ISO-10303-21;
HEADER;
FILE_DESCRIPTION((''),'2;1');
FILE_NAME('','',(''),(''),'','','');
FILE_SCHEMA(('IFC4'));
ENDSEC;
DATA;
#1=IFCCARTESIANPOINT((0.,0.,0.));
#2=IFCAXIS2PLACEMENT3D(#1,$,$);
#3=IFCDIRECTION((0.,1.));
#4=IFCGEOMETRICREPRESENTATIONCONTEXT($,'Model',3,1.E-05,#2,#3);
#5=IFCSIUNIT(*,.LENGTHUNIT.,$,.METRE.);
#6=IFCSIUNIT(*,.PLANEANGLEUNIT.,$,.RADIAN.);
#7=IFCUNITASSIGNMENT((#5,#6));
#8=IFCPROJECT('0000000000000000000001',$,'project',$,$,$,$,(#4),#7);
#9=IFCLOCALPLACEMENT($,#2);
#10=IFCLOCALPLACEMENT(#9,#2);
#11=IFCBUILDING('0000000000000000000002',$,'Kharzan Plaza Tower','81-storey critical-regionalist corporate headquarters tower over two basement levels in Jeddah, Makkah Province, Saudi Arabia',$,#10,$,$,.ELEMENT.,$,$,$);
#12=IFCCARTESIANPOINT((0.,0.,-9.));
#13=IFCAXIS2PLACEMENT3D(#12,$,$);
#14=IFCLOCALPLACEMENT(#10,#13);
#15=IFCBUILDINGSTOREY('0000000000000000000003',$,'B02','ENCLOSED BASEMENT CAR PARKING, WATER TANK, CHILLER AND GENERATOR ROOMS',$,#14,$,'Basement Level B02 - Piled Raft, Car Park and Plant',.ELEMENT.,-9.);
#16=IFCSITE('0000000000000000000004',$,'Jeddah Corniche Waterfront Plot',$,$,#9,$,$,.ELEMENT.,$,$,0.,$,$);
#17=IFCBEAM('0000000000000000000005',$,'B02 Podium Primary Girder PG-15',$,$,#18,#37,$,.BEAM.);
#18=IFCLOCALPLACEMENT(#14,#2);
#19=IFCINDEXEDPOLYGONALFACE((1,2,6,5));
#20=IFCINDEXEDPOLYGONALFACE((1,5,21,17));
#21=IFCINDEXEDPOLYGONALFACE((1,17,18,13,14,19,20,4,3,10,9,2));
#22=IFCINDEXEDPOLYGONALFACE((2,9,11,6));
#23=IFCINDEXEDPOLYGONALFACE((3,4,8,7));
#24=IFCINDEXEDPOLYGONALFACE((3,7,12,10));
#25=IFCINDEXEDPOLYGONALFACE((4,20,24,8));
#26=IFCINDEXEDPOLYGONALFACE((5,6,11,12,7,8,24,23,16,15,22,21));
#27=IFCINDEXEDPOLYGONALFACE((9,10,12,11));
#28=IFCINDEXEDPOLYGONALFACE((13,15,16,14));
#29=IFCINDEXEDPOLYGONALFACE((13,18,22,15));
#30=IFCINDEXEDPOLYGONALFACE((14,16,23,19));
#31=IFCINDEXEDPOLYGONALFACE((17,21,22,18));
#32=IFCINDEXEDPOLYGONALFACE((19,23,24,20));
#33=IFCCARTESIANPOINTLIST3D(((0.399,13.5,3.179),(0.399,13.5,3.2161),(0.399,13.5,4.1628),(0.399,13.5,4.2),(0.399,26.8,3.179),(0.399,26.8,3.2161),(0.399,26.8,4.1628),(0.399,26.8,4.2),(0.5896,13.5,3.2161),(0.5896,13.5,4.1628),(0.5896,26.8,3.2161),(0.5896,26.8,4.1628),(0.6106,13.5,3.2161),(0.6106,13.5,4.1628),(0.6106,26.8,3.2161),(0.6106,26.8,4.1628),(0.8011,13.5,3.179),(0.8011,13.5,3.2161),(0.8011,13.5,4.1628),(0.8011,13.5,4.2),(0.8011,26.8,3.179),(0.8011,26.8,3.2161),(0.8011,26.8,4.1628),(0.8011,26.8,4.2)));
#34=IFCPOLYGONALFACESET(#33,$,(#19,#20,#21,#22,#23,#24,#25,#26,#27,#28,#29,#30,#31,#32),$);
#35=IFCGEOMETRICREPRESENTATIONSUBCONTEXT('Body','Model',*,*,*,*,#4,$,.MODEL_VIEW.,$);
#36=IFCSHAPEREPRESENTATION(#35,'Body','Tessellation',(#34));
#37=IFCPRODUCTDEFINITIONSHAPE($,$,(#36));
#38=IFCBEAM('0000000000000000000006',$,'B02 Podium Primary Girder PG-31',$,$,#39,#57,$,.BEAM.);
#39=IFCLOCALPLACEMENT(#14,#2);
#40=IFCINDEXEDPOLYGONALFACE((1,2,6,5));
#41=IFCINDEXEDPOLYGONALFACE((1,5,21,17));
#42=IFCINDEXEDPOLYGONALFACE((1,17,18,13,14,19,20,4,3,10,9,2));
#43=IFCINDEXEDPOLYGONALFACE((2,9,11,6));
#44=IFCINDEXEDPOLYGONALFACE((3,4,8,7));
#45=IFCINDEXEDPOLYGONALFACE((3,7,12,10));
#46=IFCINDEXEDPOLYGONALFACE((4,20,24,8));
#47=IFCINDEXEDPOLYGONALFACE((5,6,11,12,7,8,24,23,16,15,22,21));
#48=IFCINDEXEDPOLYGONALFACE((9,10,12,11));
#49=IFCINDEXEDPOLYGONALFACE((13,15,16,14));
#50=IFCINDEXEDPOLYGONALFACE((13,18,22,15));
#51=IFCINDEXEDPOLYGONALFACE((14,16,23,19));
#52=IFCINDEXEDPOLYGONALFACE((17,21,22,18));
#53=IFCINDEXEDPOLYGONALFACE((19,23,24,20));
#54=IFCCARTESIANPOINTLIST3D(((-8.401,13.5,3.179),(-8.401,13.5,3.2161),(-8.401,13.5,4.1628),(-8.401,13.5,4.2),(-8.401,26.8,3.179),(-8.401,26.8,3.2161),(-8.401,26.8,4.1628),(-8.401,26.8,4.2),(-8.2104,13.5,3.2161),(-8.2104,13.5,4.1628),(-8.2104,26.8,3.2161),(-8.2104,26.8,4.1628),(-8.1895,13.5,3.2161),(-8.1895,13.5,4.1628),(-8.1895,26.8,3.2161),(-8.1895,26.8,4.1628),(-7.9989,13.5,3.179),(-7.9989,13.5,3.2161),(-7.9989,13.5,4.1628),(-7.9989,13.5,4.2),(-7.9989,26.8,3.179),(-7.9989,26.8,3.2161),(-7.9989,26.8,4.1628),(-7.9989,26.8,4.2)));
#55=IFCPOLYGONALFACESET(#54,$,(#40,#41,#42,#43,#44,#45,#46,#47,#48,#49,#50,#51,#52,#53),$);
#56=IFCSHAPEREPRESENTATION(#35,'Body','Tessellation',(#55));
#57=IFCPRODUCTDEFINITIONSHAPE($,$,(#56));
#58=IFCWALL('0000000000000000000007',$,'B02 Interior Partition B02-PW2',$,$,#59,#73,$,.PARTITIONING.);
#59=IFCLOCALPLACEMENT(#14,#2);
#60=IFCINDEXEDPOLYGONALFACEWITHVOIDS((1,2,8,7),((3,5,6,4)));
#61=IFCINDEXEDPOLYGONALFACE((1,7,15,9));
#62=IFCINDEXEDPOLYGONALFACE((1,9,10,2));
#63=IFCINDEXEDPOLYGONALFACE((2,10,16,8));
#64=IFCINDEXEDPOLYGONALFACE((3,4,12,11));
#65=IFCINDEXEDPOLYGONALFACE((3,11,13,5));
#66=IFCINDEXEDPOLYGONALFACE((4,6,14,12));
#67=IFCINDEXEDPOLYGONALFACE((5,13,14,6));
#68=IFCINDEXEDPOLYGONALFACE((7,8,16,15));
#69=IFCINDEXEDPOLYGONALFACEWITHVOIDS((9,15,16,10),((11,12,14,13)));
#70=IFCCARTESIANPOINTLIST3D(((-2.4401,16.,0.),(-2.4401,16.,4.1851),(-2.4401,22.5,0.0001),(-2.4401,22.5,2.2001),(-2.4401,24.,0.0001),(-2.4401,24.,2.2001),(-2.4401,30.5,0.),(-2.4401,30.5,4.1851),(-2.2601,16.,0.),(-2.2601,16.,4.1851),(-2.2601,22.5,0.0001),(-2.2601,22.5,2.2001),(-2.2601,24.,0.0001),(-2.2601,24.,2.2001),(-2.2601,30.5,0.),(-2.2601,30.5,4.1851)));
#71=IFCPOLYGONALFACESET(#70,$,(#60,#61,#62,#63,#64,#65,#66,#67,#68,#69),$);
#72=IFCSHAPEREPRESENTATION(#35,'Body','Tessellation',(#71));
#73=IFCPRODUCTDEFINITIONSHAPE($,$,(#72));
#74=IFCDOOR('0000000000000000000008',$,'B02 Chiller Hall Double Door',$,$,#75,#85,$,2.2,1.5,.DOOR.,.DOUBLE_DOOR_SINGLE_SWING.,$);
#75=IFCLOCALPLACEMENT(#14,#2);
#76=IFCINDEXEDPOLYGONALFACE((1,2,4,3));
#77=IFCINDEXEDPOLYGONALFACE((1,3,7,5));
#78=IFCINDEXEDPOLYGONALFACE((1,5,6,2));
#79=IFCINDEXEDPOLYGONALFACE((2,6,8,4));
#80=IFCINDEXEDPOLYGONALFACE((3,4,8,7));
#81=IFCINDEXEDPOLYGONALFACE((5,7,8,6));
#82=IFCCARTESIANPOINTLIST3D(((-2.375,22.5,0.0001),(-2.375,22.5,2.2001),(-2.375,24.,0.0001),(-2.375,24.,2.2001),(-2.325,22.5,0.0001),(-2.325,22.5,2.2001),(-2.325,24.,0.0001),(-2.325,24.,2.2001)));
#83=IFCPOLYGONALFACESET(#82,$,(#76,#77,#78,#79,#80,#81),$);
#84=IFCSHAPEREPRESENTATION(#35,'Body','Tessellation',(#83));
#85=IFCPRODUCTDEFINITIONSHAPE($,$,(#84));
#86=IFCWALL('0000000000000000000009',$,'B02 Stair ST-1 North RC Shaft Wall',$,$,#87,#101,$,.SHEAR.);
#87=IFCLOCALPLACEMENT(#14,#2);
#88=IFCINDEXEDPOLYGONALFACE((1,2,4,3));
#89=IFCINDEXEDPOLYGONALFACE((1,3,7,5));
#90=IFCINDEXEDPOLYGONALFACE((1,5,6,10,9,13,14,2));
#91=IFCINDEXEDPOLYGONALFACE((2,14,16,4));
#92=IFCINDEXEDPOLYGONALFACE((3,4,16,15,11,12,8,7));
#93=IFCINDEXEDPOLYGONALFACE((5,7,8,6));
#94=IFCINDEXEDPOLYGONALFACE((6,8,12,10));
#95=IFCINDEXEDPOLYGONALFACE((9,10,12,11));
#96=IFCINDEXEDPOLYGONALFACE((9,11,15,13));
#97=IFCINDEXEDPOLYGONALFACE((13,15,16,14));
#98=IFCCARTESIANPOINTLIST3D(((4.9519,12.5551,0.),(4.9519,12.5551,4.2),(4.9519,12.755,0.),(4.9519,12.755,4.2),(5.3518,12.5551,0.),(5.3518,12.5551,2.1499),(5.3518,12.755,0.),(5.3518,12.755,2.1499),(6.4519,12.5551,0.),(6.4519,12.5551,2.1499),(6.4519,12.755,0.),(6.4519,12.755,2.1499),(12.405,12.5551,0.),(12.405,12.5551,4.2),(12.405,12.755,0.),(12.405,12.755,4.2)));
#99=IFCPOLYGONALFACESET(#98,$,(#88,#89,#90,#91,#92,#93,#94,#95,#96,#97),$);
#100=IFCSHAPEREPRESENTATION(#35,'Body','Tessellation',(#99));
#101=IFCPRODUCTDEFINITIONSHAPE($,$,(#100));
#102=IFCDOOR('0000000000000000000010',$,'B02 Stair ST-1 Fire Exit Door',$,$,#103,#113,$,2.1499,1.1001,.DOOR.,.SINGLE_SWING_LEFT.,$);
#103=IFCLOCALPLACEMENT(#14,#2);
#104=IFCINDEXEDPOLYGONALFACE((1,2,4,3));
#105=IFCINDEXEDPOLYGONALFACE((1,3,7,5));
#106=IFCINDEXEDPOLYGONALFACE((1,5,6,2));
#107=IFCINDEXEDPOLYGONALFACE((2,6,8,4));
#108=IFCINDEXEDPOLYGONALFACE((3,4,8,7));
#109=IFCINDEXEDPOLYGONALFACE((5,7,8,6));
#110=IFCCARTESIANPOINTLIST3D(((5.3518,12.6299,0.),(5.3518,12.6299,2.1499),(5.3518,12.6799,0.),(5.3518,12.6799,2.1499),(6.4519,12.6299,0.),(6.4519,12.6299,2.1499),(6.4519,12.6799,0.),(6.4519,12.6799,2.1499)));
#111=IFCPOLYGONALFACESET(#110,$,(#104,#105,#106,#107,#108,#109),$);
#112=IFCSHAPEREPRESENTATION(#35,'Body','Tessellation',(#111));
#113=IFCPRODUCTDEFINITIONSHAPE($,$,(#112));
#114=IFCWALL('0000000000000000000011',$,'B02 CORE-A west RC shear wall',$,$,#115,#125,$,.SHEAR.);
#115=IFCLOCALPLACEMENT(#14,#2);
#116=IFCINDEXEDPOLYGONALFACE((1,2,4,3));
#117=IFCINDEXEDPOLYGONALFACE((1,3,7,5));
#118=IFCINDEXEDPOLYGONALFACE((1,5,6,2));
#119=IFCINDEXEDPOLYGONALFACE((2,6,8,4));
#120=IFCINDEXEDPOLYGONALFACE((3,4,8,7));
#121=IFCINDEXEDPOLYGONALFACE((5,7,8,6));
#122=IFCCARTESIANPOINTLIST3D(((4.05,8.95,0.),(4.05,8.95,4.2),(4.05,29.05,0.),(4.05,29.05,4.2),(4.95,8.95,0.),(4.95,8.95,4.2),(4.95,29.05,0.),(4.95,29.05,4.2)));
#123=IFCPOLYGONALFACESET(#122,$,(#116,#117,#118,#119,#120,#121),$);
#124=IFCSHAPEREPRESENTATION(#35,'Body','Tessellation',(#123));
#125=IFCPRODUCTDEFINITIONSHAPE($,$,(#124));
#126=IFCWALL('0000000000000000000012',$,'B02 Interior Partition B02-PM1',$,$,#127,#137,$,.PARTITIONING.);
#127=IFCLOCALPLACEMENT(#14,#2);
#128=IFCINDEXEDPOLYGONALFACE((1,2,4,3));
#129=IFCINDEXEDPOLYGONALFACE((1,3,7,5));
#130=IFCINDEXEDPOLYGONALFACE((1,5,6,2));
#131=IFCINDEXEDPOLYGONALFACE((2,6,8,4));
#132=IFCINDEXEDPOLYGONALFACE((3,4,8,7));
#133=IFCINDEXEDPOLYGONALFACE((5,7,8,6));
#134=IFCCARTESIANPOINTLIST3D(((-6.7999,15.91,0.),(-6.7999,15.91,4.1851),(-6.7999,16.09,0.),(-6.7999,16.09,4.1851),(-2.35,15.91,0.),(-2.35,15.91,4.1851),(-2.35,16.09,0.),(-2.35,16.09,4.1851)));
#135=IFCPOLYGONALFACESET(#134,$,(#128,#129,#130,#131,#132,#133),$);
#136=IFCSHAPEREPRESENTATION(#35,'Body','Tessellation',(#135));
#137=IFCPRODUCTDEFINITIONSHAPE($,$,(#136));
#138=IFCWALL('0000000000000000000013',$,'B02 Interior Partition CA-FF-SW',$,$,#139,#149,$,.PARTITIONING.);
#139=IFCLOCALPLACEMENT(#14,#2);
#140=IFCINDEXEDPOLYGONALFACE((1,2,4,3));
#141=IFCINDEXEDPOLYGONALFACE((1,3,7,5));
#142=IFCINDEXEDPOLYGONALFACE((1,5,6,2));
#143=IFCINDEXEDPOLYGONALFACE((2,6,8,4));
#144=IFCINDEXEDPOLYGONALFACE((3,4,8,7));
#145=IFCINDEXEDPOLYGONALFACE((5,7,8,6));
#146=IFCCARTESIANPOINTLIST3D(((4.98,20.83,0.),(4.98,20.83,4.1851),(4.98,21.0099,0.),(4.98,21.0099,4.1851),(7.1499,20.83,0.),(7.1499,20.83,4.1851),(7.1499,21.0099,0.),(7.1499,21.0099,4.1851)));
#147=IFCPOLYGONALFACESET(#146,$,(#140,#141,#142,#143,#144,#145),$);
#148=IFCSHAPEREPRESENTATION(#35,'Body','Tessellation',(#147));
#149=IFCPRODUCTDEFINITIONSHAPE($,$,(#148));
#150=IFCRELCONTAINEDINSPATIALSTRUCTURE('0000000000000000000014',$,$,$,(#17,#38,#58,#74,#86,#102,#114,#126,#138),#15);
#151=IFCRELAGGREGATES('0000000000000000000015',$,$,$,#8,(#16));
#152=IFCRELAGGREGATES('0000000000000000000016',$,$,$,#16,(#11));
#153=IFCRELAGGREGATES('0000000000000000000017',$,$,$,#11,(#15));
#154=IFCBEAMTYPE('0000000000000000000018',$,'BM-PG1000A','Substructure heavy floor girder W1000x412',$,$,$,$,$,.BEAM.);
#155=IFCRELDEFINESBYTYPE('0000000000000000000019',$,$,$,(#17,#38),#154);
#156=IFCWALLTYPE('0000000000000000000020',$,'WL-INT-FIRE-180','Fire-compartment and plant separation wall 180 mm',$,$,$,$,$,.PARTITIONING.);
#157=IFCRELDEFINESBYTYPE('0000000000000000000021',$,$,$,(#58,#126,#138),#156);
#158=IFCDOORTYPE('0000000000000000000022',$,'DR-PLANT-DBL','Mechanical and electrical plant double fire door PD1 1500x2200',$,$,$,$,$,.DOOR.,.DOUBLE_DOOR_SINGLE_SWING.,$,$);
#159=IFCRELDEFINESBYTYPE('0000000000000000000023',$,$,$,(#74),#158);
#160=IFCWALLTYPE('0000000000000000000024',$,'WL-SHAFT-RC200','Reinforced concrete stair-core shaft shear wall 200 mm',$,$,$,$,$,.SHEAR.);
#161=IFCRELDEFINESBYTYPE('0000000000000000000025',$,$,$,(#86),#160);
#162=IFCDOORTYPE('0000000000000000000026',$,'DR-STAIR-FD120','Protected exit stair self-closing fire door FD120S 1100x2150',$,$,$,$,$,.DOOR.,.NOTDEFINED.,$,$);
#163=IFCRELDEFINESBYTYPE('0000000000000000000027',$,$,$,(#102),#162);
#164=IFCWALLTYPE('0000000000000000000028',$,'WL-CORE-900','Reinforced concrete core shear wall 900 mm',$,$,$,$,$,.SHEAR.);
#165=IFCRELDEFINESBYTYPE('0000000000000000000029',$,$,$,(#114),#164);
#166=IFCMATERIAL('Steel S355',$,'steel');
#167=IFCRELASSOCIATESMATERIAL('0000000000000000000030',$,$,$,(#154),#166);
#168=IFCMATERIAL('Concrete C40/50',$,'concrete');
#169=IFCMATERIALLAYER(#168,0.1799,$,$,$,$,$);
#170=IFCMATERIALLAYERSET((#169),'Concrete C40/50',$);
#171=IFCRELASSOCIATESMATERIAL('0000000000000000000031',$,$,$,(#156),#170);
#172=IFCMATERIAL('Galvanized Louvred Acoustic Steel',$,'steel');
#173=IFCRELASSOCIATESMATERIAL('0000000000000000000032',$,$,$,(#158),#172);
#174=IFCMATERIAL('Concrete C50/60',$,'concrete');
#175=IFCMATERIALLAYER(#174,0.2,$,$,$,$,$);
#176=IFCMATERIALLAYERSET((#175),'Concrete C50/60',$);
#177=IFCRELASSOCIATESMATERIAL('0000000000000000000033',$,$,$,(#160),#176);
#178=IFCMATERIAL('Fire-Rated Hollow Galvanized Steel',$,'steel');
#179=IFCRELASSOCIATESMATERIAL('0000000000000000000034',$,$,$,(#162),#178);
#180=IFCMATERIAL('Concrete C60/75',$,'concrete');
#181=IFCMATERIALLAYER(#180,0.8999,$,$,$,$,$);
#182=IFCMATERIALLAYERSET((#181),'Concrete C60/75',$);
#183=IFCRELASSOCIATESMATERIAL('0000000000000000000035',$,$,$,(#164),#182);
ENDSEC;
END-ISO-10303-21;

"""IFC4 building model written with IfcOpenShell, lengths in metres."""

from ifc_helpers import new_model, si_unit, direction, frame, frame_2d, origin, origin_2d, place, context, subcontext, project, spatial, rectangle, i_section, extrude, source, transform, mapped, material, layer, layer_set, material_profile, profile_set, type_object, element, fill, save


model = new_model("IFC4")

# Units and contexts
model_context = context("Model", 3, precision=1e-05, world=origin(), true_north=direction((0.0, 1.0)))
body_context = subcontext(model_context, "Body", "Model", "MODEL_VIEW")
ifc_project = project(units=[si_unit("LENGTHUNIT", "METRE"), si_unit("PLANEANGLEUNIT", "RADIAN")], contexts=[model_context])

# Site, building, storey
site_placement = place(None, origin())
site = spatial("IfcSite", under=ifc_project, at=site_placement, Name="Jeddah Corniche Waterfront Plot", CompositionType="ELEMENT", RefElevation=0.0)
building_placement = place(site_placement, origin())
building = spatial("IfcBuilding", under=site, at=building_placement, Name="Kharzan Plaza Tower", Description="81-storey critical-regionalist corporate headquarters tower over two basement levels in Jeddah, Makkah Province, Saudi Arabia", CompositionType="ELEMENT")
storey_placement = place(building_placement, frame((0.0, 0.0, -9.0)))
storey = spatial("IfcBuildingStorey", under=building, at=storey_placement, Name="B02", Description="ENCLOSED BASEMENT CAR PARKING, WATER TANK, CHILLER AND GENERATOR ROOMS", LongName="Basement Level B02 - Piled Raft, Car Park and Plant", CompositionType="ELEMENT", Elevation=-9.0)

# Shared definitions
ifc_material_1 = material(Name="Concrete C50/60", Category="concrete")

# Shared definitions
ifc_material_2 = material(Name="Concrete C60/75", Category="concrete")
ifc_material_3 = material(Name="Steel S355", Category="steel")

# Beams
ifc_material_profile_1 = material_profile(ifc_material_3, i_section(OverallWidth=0.4021, OverallDepth=1.021, WebThickness=0.021, FlangeThickness=0.0371, at=origin_2d()), Name="W1000x412")
ifc_profile_set_1 = profile_set([ifc_material_profile_1], Name="Steel S355")
beam_type = type_object("IfcBeamType", Name="BM-PG1000A", Description="Substructure heavy floor girder W1000x412", PredefinedType="BEAM", material=ifc_profile_set_1)
shared_shape_1 = source(origin(), body_context, "Body", "SweptSolid", [
    extrude(i_section(OverallWidth=0.4021, OverallDepth=1.021, WebThickness=0.021, FlangeThickness=0.0371, at=origin_2d()), origin(), (0.0, 0.0, 1.0), 13.3),
])
for number, where, z_axis, x_axis, name in (
    (1, (0.6001, 13.5, 3.6895), (0.0, 1.0, 0.0), (-1.0, 0.0, 0.0), "B02 Podium Primary Girder PG-15"),
    (2, (-8.2, 13.5, 3.6895), (0.0, 1.0, 0.0), (-1.0, 0.0, 0.0), "B02 Podium Primary Girder PG-31"),
):
    element("IfcBeam", number, at=place(storey_placement, frame(where, z_axis=z_axis, x_axis=x_axis)), inside=storey, type_object=beam_type, Name=name, PredefinedType="BEAM", context=body_context, shape_type="MappedRepresentation", body=[
        mapped(shared_shape_1, transform((0.0, 0.0, 0.0), x_axis=(1.0, 0.0, 0.0), y_axis=(0.0, 1.0, 0.0), z_axis=(0.0, 0.0, 1.0))),
    ])

# Walls, openings, doors
ifc_material_4 = material(Name="Concrete C40/50", Category="concrete")
ifc_layer_1 = layer(ifc_material_4, 0.1799)
ifc_layer_set_1 = layer_set([ifc_layer_1], Name="Concrete C40/50")
wall_type_1 = type_object("IfcWallType", Name="WL-INT-FIRE-180", Description="Fire-compartment and plant separation wall 180 mm", PredefinedType="PARTITIONING", material=ifc_layer_set_1)
wall_1_placement = place(storey_placement, frame((-2.3501, 16.0, 0.0), z_axis=(0.0, 0.0, 1.0), x_axis=(0.0, 1.0, 0.0)))
wall_1 = element("IfcWall", 3, at=wall_1_placement, inside=storey, type_object=wall_type_1, Name="B02 Interior Partition B02-PW2", PredefinedType="PARTITIONING", context=body_context, shape_type="SweptSolid", body=[
    extrude(rectangle(XDim=14.5, YDim=0.1799, at=frame_2d((7.25, 0.0))), origin(), (0.0, 0.0, 1.0), 4.1851),
])
opening_1_placement = place(wall_1_placement, frame((6.5, 0.0, 0.0)))
opening_1 = element("IfcOpeningElement", 4, at=opening_1_placement, cuts=wall_1, PredefinedType="OPENING", context=body_context, shape_type="SweptSolid", body=[
    extrude(rectangle(XDim=1.5, YDim=2.2, at=frame_2d((0.75, 1.1001))), frame((0.0, 0.0999, 0.0), z_axis=(0.0, -1.0, 0.0), x_axis=(1.0, 0.0, 0.0)), (0.0, 0.0, 1.0), 0.2),
])
ifc_material_5 = material(Name="Galvanized Louvred Acoustic Steel", Category="steel")
door_type_1 = type_object("IfcDoorType", Name="DR-PLANT-DBL", Description="Mechanical and electrical plant double fire door PD1 1500x2200", OperationType="DOUBLE_DOOR_SINGLE_SWING", PredefinedType="DOOR", material=ifc_material_5)
shared_shape_2 = source(origin(), body_context, "Body", "SweptSolid", [
    extrude(rectangle(XDim=1.5, YDim=2.2, at=frame_2d((0.75, 1.1001))), frame((0.0, 0.0249, 0.0), z_axis=(0.0, -1.0, 0.0), x_axis=(1.0, 0.0, 0.0)), (0.0, 0.0, 1.0), 0.05),
])
door_1_placement = place(opening_1_placement, origin())
door_1 = element("IfcDoor", 5, at=door_1_placement, inside=storey, type_object=door_type_1, Name="B02 Chiller Hall Double Door", OperationType="DOUBLE_DOOR_SINGLE_SWING", OverallHeight=2.2, OverallWidth=1.5, PredefinedType="DOOR", context=body_context, shape_type="MappedRepresentation", body=[
    mapped(shared_shape_2, transform((0.0, 0.0, 0.0), x_axis=(1.0, 0.0, 0.0), y_axis=(0.0, 1.0, 0.0), z_axis=(0.0, 0.0, 1.0))),
])
fill(opening_1, door_1)
ifc_layer_2 = layer(ifc_material_1, 0.2)
ifc_layer_set_2 = layer_set([ifc_layer_2], Name="Concrete C50/60")
wall_type_2 = type_object("IfcWallType", Name="WL-SHAFT-RC200", Description="Reinforced concrete stair-core shaft shear wall 200 mm", PredefinedType="SHEAR", material=ifc_layer_set_2)
wall_2_placement = place(storey_placement, frame((4.9519, 12.655, 0.0), z_axis=(0.0, 0.0, 1.0), x_axis=(1.0, 0.0, 0.0)))
wall_2 = element("IfcWall", 6, at=wall_2_placement, inside=storey, type_object=wall_type_2, Name="B02 Stair ST-1 North RC Shaft Wall", PredefinedType="SHEAR", context=body_context, shape_type="SweptSolid", body=[
    extrude(rectangle(XDim=7.4531, YDim=0.2, at=frame_2d((3.7266, 0.0))), origin(), (0.0, 0.0, 1.0), 4.2),
])
opening_2_placement = place(wall_2_placement, frame((0.3999, 0.0, 0.0)))
opening_2 = element("IfcOpeningElement", 7, at=opening_2_placement, cuts=wall_2, PredefinedType="OPENING", context=body_context, shape_type="SweptSolid", body=[
    extrude(rectangle(XDim=1.1001, YDim=2.1499, at=frame_2d((0.55, 1.075))), frame((0.0, 0.1099, 0.0), z_axis=(0.0, -1.0, 0.0), x_axis=(1.0, 0.0, 0.0)), (0.0, 0.0, 1.0), 0.22),
])
ifc_material_6 = material(Name="Fire-Rated Hollow Galvanized Steel", Category="steel")
door_type_2 = type_object("IfcDoorType", Name="DR-STAIR-FD120", Description="Protected exit stair self-closing fire door FD120S 1100x2150", OperationType="NOTDEFINED", PredefinedType="DOOR", material=ifc_material_6)
shared_shape_3 = source(origin(), body_context, "Body", "SweptSolid", [
    extrude(rectangle(XDim=1.1001, YDim=2.1499, at=frame_2d((0.55, 1.075))), frame((0.0, 0.0249, 0.0), z_axis=(0.0, -1.0, 0.0), x_axis=(1.0, 0.0, 0.0)), (0.0, 0.0, 1.0), 0.05),
])
door_2_placement = place(opening_2_placement, origin())
door_2 = element("IfcDoor", 8, at=door_2_placement, inside=storey, type_object=door_type_2, Name="B02 Stair ST-1 Fire Exit Door", OperationType="SINGLE_SWING_LEFT", OverallHeight=2.1499, OverallWidth=1.1001, PredefinedType="DOOR", context=body_context, shape_type="MappedRepresentation", body=[
    mapped(shared_shape_3, transform((0.0, 0.0, 0.0), x_axis=(1.0, 0.0, 0.0), y_axis=(0.0, 1.0, 0.0), z_axis=(0.0, 0.0, 1.0))),
])
fill(opening_2, door_2)

# Walls
ifc_layer_3 = layer(ifc_material_2, 0.8999)
ifc_layer_set_3 = layer_set([ifc_layer_3], Name="Concrete C60/75")
wall_type_3 = type_object("IfcWallType", Name="WL-CORE-900", Description="Reinforced concrete core shear wall 900 mm", PredefinedType="SHEAR", material=ifc_layer_set_3)
shared_shape_4 = source(origin(), body_context, "Body", "SweptSolid", [
    extrude(rectangle(XDim=20.1001, YDim=0.8999, at=frame_2d((10.05, 0.0))), origin(), (0.0, 0.0, 1.0), 4.2),
])
wall_3_placement = place(storey_placement, frame((4.5, 8.95, 0.0), z_axis=(0.0, 0.0, 1.0), x_axis=(0.0, 1.0, 0.0)))
element("IfcWall", 9, at=wall_3_placement, inside=storey, type_object=wall_type_3, Name="B02 CORE-A west RC shear wall", PredefinedType="SHEAR", context=body_context, shape_type="MappedRepresentation", body=[
    mapped(shared_shape_4, transform((0.0, 0.0, 0.0), x_axis=(1.0, 0.0, 0.0), y_axis=(0.0, 1.0, 0.0), z_axis=(0.0, 0.0, 1.0))),
])
shared_shape_5 = source(origin(), body_context, "Body", "SweptSolid", [
    extrude(rectangle(XDim=4.45, YDim=0.1799, at=frame_2d((2.2251, 0.0))), origin(), (0.0, 0.0, 1.0), 4.1851),
])
wall_4_placement = place(storey_placement, frame((-6.8, 16.0, 0.0), z_axis=(0.0, 0.0, 1.0), x_axis=(1.0, 0.0, 0.0)))
element("IfcWall", 10, at=wall_4_placement, inside=storey, type_object=wall_type_1, Name="B02 Interior Partition B02-PM1", PredefinedType="PARTITIONING", context=body_context, shape_type="MappedRepresentation", body=[
    mapped(shared_shape_5, transform((0.0, 0.0, 0.0), x_axis=(1.0, 0.0, 0.0), y_axis=(0.0, 1.0, 0.0), z_axis=(0.0, 0.0, 1.0))),
])
shared_shape_6 = source(origin(), body_context, "Body", "SweptSolid", [
    extrude(rectangle(XDim=2.1699, YDim=0.1799, at=frame_2d((1.085, 0.0))), origin(), (0.0, 0.0, 1.0), 4.1851),
])
wall_5_placement = place(storey_placement, frame((4.98, 20.9199, 0.0), z_axis=(0.0, 0.0, 1.0), x_axis=(1.0, 0.0, 0.0)))
element("IfcWall", 11, at=wall_5_placement, inside=storey, type_object=wall_type_1, Name="B02 Interior Partition CA-FF-SW", PredefinedType="PARTITIONING", context=body_context, shape_type="MappedRepresentation", body=[
    mapped(shared_shape_6, transform((0.0, 0.0, 0.0), x_axis=(1.0, 0.0, 0.0), y_axis=(0.0, 1.0, 0.0), z_axis=(0.0, 0.0, 1.0))),
])

save(model, "model.ifc")
